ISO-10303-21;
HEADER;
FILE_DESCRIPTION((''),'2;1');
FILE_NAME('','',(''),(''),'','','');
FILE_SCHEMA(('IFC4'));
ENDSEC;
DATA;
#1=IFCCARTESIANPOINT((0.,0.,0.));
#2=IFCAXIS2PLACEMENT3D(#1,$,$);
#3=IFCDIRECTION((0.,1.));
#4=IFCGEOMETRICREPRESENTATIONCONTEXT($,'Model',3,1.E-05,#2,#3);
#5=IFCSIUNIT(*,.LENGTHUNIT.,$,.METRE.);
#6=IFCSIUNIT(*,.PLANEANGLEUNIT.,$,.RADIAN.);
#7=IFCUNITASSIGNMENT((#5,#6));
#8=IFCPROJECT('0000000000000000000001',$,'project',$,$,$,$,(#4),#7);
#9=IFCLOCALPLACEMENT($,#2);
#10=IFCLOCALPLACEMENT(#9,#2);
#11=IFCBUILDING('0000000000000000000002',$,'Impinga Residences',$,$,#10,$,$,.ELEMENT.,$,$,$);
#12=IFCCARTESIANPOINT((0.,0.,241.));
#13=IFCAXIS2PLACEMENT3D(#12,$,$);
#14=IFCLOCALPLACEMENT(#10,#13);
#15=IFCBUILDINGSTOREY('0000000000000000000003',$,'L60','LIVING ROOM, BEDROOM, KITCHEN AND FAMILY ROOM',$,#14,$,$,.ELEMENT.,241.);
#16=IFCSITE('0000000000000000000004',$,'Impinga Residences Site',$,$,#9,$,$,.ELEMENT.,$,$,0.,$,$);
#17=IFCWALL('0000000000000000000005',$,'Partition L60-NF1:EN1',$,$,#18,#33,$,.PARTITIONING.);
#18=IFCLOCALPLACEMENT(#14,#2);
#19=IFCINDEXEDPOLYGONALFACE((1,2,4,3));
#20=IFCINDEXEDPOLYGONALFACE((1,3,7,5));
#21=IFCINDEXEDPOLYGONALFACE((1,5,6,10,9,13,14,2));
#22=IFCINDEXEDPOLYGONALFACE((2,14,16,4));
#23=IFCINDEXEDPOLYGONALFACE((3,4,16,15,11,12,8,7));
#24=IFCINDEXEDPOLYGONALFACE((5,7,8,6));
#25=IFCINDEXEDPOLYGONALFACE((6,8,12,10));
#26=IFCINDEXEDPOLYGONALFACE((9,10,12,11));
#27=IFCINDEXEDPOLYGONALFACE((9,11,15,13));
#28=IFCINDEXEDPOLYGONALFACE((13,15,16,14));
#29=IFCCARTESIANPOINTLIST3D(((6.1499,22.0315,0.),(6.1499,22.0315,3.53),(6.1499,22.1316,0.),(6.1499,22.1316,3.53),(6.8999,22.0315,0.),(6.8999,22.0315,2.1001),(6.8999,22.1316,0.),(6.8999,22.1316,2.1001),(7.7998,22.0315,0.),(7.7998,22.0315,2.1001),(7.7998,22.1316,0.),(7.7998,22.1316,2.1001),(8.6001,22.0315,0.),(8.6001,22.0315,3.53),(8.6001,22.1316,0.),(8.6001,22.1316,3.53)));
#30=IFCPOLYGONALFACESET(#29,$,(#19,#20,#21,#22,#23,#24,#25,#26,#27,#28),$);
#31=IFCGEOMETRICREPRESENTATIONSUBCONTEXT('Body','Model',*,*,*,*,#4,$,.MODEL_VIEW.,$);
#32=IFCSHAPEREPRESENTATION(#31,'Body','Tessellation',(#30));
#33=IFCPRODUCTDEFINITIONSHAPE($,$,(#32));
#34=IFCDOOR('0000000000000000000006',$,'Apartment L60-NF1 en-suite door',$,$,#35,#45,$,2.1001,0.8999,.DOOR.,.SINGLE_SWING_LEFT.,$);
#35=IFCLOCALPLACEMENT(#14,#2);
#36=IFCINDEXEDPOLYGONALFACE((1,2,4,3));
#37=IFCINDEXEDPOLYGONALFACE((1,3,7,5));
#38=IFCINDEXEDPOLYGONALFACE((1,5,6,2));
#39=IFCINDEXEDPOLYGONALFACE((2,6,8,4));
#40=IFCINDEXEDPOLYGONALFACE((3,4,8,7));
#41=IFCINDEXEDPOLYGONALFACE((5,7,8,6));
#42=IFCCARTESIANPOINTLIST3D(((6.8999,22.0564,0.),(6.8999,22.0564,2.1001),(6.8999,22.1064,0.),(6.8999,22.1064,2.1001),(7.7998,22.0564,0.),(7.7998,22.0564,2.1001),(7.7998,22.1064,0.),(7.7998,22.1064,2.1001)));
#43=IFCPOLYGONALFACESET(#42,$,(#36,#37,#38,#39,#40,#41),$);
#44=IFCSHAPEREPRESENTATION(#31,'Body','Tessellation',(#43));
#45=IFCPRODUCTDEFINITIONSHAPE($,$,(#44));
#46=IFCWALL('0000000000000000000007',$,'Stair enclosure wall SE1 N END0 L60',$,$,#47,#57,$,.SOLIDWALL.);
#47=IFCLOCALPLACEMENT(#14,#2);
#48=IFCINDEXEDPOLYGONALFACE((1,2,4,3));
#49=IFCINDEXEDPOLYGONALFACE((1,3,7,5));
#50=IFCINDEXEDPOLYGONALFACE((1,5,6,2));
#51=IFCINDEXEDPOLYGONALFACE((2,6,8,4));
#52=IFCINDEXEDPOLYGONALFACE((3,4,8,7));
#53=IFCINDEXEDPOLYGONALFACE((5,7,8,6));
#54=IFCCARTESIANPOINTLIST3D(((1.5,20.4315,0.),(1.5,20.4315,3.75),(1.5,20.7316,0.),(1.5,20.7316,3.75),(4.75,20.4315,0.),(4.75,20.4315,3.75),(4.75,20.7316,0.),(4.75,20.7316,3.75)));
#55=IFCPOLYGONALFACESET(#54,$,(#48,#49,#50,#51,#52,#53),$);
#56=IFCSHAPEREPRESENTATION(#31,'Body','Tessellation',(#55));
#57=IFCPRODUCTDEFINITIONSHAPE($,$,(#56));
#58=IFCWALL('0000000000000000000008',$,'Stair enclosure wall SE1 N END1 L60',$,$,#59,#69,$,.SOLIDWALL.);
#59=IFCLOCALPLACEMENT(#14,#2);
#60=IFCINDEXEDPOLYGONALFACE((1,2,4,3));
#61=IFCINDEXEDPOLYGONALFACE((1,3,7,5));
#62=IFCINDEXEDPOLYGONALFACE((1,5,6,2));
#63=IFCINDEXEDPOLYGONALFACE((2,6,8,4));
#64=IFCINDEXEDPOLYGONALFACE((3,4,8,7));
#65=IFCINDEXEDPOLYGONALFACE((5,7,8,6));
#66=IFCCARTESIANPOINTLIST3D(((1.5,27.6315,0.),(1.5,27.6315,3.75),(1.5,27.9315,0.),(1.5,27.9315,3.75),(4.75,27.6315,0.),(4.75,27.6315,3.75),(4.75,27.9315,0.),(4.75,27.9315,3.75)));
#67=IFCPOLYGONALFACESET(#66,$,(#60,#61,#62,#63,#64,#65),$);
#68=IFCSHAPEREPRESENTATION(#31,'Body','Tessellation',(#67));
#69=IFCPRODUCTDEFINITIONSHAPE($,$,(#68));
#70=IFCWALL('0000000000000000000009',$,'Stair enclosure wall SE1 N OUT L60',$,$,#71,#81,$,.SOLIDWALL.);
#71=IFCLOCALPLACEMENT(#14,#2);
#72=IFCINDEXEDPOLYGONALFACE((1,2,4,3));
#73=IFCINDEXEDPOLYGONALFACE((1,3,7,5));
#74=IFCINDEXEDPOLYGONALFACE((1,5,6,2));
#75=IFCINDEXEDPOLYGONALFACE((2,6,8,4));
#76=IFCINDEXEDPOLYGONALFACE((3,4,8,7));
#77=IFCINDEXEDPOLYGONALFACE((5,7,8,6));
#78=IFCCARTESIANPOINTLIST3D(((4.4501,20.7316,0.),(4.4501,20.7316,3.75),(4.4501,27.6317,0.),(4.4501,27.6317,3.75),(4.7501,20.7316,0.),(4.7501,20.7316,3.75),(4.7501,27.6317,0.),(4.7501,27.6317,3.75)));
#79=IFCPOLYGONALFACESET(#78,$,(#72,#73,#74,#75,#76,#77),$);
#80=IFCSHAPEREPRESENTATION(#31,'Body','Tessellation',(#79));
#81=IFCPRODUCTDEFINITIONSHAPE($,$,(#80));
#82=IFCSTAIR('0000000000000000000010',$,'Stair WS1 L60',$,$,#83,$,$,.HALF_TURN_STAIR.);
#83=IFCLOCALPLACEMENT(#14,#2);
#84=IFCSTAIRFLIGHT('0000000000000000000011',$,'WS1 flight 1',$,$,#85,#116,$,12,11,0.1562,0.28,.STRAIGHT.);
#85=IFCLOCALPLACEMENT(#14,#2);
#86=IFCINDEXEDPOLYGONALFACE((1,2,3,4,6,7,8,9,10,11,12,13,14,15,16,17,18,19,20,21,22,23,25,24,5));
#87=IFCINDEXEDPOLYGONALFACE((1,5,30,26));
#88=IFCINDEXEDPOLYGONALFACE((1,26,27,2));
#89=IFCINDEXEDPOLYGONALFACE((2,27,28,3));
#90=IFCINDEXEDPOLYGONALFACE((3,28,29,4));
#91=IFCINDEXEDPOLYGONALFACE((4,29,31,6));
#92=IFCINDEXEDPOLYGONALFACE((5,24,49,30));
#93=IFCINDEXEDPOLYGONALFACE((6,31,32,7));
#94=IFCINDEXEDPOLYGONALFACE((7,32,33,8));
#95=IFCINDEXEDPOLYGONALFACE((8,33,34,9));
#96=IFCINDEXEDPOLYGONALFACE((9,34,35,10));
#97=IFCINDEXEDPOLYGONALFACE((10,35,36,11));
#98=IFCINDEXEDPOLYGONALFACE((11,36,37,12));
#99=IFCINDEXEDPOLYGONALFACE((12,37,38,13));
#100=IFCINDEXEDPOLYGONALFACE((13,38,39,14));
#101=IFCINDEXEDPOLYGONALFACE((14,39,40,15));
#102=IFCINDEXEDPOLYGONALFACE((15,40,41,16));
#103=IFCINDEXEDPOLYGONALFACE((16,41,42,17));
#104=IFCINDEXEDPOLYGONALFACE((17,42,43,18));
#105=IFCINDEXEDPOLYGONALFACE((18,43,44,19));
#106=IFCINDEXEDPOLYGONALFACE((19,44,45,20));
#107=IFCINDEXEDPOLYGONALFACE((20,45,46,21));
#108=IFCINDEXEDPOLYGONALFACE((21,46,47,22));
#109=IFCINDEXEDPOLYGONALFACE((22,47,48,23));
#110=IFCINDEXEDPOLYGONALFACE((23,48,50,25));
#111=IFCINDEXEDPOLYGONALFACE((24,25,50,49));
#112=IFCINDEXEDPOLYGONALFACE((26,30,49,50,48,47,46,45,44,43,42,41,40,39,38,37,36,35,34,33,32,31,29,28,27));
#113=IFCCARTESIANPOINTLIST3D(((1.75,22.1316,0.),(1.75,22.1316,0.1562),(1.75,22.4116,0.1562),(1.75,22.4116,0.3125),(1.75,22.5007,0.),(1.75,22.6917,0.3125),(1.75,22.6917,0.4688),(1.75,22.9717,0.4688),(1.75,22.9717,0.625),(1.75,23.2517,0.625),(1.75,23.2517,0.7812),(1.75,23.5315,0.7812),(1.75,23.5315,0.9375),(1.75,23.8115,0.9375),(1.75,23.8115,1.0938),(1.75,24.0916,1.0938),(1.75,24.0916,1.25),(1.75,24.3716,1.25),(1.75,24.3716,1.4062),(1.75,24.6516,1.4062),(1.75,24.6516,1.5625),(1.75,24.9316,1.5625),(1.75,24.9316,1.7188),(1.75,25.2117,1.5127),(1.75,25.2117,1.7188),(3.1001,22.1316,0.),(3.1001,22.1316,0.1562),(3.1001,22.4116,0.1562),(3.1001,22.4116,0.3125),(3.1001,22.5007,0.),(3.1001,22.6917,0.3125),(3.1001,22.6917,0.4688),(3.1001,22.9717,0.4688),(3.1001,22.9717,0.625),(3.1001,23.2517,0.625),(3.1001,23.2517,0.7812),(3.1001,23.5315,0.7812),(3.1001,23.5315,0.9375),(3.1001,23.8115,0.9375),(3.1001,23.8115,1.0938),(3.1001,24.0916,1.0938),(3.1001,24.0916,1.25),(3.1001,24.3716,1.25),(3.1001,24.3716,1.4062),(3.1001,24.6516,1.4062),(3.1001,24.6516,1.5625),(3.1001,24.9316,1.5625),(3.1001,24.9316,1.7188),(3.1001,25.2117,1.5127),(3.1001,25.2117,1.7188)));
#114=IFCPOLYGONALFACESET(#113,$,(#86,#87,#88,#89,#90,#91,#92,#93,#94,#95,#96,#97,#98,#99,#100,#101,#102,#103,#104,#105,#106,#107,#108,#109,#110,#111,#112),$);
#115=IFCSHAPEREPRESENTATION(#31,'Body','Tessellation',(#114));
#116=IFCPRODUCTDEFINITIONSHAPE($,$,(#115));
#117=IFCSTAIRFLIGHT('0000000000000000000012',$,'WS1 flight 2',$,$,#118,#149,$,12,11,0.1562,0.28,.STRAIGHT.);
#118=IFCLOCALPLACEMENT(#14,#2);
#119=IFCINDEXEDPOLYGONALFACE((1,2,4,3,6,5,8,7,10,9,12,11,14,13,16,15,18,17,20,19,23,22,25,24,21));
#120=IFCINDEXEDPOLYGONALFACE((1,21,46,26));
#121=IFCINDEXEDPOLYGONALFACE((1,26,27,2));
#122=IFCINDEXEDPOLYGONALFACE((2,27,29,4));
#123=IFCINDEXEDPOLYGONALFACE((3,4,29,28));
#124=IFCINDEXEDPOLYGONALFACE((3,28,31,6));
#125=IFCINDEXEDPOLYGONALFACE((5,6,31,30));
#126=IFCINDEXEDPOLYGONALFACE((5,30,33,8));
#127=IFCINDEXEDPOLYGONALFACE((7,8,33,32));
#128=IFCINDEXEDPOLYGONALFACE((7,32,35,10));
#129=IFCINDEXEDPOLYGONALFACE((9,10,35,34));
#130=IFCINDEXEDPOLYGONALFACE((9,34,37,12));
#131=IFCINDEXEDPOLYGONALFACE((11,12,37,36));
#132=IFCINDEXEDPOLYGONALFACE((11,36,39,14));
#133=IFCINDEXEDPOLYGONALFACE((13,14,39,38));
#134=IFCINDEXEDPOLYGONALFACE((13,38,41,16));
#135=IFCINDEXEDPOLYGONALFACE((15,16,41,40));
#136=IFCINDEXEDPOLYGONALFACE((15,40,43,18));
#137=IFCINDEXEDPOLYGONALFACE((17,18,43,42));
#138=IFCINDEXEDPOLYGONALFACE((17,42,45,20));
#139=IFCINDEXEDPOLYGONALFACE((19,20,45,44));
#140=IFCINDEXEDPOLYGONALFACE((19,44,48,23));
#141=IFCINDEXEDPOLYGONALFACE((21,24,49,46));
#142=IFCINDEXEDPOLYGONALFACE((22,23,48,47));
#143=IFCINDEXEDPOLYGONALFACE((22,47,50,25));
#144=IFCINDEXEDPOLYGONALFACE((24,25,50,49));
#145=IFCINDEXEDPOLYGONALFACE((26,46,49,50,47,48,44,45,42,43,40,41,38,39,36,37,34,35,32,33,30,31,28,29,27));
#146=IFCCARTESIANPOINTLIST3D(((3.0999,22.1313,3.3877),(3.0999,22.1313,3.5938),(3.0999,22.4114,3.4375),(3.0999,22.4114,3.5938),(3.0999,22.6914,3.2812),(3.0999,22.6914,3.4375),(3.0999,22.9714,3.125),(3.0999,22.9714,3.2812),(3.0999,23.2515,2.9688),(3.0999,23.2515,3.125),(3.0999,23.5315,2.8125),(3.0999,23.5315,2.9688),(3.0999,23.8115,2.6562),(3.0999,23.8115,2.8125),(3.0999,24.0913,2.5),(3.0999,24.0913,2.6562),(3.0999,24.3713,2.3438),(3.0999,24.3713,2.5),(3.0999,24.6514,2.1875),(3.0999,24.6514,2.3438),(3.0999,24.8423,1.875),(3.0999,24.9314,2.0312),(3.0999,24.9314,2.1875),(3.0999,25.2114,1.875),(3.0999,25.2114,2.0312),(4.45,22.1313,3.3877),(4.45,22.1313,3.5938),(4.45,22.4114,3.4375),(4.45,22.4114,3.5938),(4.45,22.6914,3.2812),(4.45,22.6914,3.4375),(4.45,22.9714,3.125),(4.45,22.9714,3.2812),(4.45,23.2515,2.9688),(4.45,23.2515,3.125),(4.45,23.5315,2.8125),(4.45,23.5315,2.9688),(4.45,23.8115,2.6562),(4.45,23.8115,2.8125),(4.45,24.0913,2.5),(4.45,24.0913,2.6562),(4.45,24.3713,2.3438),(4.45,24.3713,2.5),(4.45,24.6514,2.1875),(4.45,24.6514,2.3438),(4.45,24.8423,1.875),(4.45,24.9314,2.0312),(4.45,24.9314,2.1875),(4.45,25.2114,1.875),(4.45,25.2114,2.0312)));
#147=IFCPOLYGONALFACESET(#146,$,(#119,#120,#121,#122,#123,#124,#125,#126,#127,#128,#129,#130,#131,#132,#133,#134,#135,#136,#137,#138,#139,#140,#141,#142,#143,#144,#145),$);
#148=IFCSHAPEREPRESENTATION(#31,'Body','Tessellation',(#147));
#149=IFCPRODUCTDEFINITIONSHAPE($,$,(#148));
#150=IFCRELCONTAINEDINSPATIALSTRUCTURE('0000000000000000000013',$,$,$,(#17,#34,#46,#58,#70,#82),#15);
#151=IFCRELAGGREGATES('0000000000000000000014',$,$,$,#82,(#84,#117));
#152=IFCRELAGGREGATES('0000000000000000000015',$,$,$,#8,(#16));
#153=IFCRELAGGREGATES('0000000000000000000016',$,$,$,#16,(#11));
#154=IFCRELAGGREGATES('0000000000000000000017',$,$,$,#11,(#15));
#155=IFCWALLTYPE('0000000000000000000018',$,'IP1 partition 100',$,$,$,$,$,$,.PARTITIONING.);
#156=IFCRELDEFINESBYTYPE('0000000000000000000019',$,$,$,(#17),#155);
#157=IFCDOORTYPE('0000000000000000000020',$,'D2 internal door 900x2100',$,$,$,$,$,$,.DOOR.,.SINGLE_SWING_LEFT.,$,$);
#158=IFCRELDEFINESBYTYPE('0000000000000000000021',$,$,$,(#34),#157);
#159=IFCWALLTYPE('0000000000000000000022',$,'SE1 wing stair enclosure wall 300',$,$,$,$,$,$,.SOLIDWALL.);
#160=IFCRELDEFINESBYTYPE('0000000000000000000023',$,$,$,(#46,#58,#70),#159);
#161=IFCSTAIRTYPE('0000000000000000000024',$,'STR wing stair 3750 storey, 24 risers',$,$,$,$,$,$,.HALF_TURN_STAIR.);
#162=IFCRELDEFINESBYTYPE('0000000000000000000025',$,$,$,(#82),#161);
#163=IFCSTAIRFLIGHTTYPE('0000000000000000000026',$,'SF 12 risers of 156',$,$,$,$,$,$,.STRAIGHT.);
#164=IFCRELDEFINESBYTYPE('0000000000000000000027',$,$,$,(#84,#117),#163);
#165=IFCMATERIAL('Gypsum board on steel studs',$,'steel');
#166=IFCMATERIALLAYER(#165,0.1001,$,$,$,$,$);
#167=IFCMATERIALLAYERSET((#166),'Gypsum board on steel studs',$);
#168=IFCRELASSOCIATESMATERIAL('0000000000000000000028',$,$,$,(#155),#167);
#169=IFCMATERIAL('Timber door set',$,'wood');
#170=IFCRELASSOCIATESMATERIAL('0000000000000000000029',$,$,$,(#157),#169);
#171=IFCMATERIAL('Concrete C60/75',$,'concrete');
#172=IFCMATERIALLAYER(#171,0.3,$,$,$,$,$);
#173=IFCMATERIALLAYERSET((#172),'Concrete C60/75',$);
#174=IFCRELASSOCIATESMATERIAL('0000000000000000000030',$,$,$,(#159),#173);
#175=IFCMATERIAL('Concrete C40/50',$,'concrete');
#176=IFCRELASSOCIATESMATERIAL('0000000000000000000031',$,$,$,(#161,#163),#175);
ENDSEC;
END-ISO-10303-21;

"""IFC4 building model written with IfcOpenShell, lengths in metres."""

from ifc_helpers import new_model, si_unit, direction, frame, frame_2d, origin, place, context, subcontext, project, spatial, polyline, rectangle, outline, extrude, material, layer, layer_set, type_object, element, fill, aggregate, save


model = new_model("IFC4")

# Units and contexts
model_context = context("Model", 3, precision=1e-05, world=origin(), true_north=direction((0.0, 1.0)))
body_context = subcontext(model_context, "Body", "Model", "MODEL_VIEW")
ifc_project = project(units=[si_unit("LENGTHUNIT", "METRE"), si_unit("PLANEANGLEUNIT", "RADIAN")], contexts=[model_context])

# Site, building, storey
site_placement = place(None, origin())
site = spatial("IfcSite", under=ifc_project, at=site_placement, Name="Impinga Residences Site", CompositionType="ELEMENT", RefElevation=0.0)
building_placement = place(site_placement, origin())
building = spatial("IfcBuilding", under=site, at=building_placement, Name="Impinga Residences", CompositionType="ELEMENT")
storey_placement = place(building_placement, frame((0.0, 0.0, 241.0)))
storey = spatial("IfcBuildingStorey", under=building, at=storey_placement, Name="L60", Description="LIVING ROOM, BEDROOM, KITCHEN AND FAMILY ROOM", CompositionType="ELEMENT", Elevation=241.0)

# Shared definitions
ifc_material_1 = material(Name="Concrete C60/75", Category="concrete")

# Shared definitions
ifc_material_2 = material(Name="Gypsum board on steel studs", Category="steel")
ifc_layer_1 = layer(ifc_material_2, 0.1001)
ifc_layer_set_1 = layer_set([ifc_layer_1], Name="Gypsum board on steel studs")
wall_type_1 = type_object("IfcWallType", Name="IP1 partition 100", PredefinedType="PARTITIONING", material=ifc_layer_set_1)

# Wall, opening, door
wall_1_placement = place(storey_placement, frame((6.1499, 22.0815, 0.0), z_axis=(0.0, 0.0, 1.0), x_axis=(1.0, 0.0, 0.0)))
wall_1 = element("IfcWall", 1, at=wall_1_placement, inside=storey, type_object=wall_type_1, Name="Partition L60-NF1:EN1", PredefinedType="PARTITIONING", context=body_context, shape_type="SweptSolid", body=[
    extrude(rectangle(XDim=2.4502, YDim=0.1001, at=frame_2d((1.2251, 0.0))), origin(), (0.0, 0.0, 1.0), 3.53),
])
opening_1_placement = place(wall_1_placement, frame((0.75, 0.0, 0.0)))
opening_1 = element("IfcOpeningElement", 2, at=opening_1_placement, cuts=wall_1, PredefinedType="OPENING", context=body_context, shape_type="SweptSolid", body=[
    extrude(rectangle(XDim=0.8999, YDim=2.1001, at=frame_2d((0.45, 1.05))), frame((0.0, 0.0601, 0.0), z_axis=(0.0, -1.0, 0.0), x_axis=(1.0, 0.0, 0.0)), (0.0, 0.0, 1.0), 0.1201),
])
ifc_material_3 = material(Name="Timber door set", Category="wood")
door_type = type_object("IfcDoorType", Name="D2 internal door 900x2100", OperationType="SINGLE_SWING_LEFT", PredefinedType="DOOR", material=ifc_material_3)
door_placement = place(opening_1_placement, origin())
door = element("IfcDoor", 3, at=door_placement, inside=storey, type_object=door_type, Name="Apartment L60-NF1 en-suite door", OperationType="SINGLE_SWING_LEFT", OverallHeight=2.1001, OverallWidth=0.8999, PredefinedType="DOOR", context=body_context, shape_type="SweptSolid", body=[
    extrude(rectangle(XDim=0.8999, YDim=2.1001, at=frame_2d((0.45, 1.05))), frame((0.0, 0.0249, 0.0), z_axis=(0.0, -1.0, 0.0), x_axis=(1.0, 0.0, 0.0)), (0.0, 0.0, 1.0), 0.05),
])
fill(opening_1, door)

# Walls
ifc_layer_2 = layer(ifc_material_1, 0.3)
ifc_layer_set_2 = layer_set([ifc_layer_2], Name="Concrete C60/75")
wall_type_2 = type_object("IfcWallType", Name="SE1 wing stair enclosure wall 300", PredefinedType="SOLIDWALL", material=ifc_layer_set_2)
for number, where, z_axis, x_axis, name in (
    (4, (1.5, 20.5815, 0.0), (0.0, 0.0, 1.0), (1.0, 0.0, 0.0), "Stair enclosure wall SE1 N END0 L60"),
    (5, (1.5, 27.7815, 0.0), (0.0, 0.0, 1.0), (1.0, 0.0, 0.0), "Stair enclosure wall SE1 N END1 L60"),
):
    element("IfcWall", number, at=place(storey_placement, frame(where, z_axis=z_axis, x_axis=x_axis)), inside=storey, type_object=wall_type_2, Name=name, PredefinedType="SOLIDWALL", context=body_context, shape_type="SweptSolid", body=[
        extrude(rectangle(XDim=3.25, YDim=0.3, at=frame_2d((1.625, 0.0))), origin(), (0.0, 0.0, 1.0), 3.75),
    ])
wall_2_placement = place(storey_placement, frame((4.6001, 20.7314, 0.0), z_axis=(0.0, 0.0, 1.0), x_axis=(0.0, 1.0, 0.0)))
element("IfcWall", 6, at=wall_2_placement, inside=storey, type_object=wall_type_2, Name="Stair enclosure wall SE1 N OUT L60", PredefinedType="SOLIDWALL", context=body_context, shape_type="SweptSolid", body=[
    extrude(rectangle(XDim=6.9001, YDim=0.3, at=frame_2d((3.4502, 0.0))), origin(), (0.0, 0.0, 1.0), 3.75),
])

# Stair, stair flights
ifc_material_4 = material(Name="Concrete C40/50", Category="concrete")
stair_type = type_object("IfcStairType", Name="STR wing stair 3750 storey, 24 risers", PredefinedType="HALF_TURN_STAIR", material=ifc_material_4)
stair_placement = place(storey_placement, origin())
stair = element("IfcStair", 7, at=stair_placement, inside=storey, type_object=stair_type, Name="Stair WS1 L60", PredefinedType="HALF_TURN_STAIR")
stair_flight_type = type_object("IfcStairFlightType", Name="SF 12 risers of 156", PredefinedType="STRAIGHT", material=ifc_material_4)
stair_flight_1_placement = place(storey_placement, frame((2.425, 22.1316, 0.0), z_axis=(0.0, 0.0, 1.0), x_axis=(0.0, 1.0, 0.0)))
stair_flight_1 = element("IfcStairFlight", 8, at=stair_flight_1_placement, type_object=stair_flight_type, Name="WS1 flight 1", NumberOfRisers=12, NumberOfTreads=11, PredefinedType="STRAIGHT", RiserHeight=0.1562, TreadLength=0.28, context=body_context, shape_type="SweptSolid", body=[
    extrude(outline(polyline([(0.0, 0.0), (0.0, 0.1562), (0.28, 0.1562), (0.28, 0.3125), (0.5601, 0.3125), (0.5601, 0.4688), (0.8401, 0.4688), (0.8401, 0.625), (1.1201, 0.625), (1.1201, 0.7812), (1.3999, 0.7812), (1.3999, 0.9375), (1.6799, 0.9375), (1.6799, 1.0938), (1.96, 1.0938), (1.96, 1.25), (2.24, 1.25), (2.24, 1.4062), (2.52, 1.4062), (2.52, 1.5625), (2.8, 1.5625), (2.8, 1.7188), (3.0801, 1.7188), (3.0801, 1.875), (3.0801, 1.5127), (0.3691, 0.0), (0.0, 0.0)])), frame((0.0, 0.675, 0.0), z_axis=(0.0, -1.0, 0.0), x_axis=(1.0, 0.0, 0.0)), (0.0, 0.0, 1.0), 1.3501),
])
stair_flight_2_placement = place(storey_placement, frame((3.7749, 25.2114, 1.875), z_axis=(0.0, 0.0, 1.0), x_axis=(0.0, -1.0, 0.0)))
stair_flight_2 = element("IfcStairFlight", 9, at=stair_flight_2_placement, type_object=stair_flight_type, Name="WS1 flight 2", NumberOfRisers=12, NumberOfTreads=11, PredefinedType="STRAIGHT", RiserHeight=0.1562, TreadLength=0.28, context=body_context, shape_type="SweptSolid", body=[
    extrude(outline(polyline([(0.0, 0.0), (0.0, 0.1562), (0.28, 0.1562), (0.28, 0.3125), (0.5601, 0.3125), (0.5601, 0.4688), (0.8401, 0.4688), (0.8401, 0.625), (1.1201, 0.625), (1.1201, 0.7812), (1.3999, 0.7812), (1.3999, 0.9375), (1.6799, 0.9375), (1.6799, 1.0938), (1.96, 1.0938), (1.96, 1.25), (2.24, 1.25), (2.24, 1.4062), (2.52, 1.4062), (2.52, 1.5625), (2.8, 1.5625), (2.8, 1.7188), (3.0801, 1.7188), (3.0801, 1.875), (3.0801, 1.5127), (0.3691, 0.0), (0.0, 0.0)])), frame((0.0, 0.675, 0.0), z_axis=(0.0, -1.0, 0.0), x_axis=(1.0, 0.0, 0.0)), (0.0, 0.0, 1.0), 1.3501),
])
aggregate(stair, [stair_flight_1, stair_flight_2])

save(model, "model.ifc")
